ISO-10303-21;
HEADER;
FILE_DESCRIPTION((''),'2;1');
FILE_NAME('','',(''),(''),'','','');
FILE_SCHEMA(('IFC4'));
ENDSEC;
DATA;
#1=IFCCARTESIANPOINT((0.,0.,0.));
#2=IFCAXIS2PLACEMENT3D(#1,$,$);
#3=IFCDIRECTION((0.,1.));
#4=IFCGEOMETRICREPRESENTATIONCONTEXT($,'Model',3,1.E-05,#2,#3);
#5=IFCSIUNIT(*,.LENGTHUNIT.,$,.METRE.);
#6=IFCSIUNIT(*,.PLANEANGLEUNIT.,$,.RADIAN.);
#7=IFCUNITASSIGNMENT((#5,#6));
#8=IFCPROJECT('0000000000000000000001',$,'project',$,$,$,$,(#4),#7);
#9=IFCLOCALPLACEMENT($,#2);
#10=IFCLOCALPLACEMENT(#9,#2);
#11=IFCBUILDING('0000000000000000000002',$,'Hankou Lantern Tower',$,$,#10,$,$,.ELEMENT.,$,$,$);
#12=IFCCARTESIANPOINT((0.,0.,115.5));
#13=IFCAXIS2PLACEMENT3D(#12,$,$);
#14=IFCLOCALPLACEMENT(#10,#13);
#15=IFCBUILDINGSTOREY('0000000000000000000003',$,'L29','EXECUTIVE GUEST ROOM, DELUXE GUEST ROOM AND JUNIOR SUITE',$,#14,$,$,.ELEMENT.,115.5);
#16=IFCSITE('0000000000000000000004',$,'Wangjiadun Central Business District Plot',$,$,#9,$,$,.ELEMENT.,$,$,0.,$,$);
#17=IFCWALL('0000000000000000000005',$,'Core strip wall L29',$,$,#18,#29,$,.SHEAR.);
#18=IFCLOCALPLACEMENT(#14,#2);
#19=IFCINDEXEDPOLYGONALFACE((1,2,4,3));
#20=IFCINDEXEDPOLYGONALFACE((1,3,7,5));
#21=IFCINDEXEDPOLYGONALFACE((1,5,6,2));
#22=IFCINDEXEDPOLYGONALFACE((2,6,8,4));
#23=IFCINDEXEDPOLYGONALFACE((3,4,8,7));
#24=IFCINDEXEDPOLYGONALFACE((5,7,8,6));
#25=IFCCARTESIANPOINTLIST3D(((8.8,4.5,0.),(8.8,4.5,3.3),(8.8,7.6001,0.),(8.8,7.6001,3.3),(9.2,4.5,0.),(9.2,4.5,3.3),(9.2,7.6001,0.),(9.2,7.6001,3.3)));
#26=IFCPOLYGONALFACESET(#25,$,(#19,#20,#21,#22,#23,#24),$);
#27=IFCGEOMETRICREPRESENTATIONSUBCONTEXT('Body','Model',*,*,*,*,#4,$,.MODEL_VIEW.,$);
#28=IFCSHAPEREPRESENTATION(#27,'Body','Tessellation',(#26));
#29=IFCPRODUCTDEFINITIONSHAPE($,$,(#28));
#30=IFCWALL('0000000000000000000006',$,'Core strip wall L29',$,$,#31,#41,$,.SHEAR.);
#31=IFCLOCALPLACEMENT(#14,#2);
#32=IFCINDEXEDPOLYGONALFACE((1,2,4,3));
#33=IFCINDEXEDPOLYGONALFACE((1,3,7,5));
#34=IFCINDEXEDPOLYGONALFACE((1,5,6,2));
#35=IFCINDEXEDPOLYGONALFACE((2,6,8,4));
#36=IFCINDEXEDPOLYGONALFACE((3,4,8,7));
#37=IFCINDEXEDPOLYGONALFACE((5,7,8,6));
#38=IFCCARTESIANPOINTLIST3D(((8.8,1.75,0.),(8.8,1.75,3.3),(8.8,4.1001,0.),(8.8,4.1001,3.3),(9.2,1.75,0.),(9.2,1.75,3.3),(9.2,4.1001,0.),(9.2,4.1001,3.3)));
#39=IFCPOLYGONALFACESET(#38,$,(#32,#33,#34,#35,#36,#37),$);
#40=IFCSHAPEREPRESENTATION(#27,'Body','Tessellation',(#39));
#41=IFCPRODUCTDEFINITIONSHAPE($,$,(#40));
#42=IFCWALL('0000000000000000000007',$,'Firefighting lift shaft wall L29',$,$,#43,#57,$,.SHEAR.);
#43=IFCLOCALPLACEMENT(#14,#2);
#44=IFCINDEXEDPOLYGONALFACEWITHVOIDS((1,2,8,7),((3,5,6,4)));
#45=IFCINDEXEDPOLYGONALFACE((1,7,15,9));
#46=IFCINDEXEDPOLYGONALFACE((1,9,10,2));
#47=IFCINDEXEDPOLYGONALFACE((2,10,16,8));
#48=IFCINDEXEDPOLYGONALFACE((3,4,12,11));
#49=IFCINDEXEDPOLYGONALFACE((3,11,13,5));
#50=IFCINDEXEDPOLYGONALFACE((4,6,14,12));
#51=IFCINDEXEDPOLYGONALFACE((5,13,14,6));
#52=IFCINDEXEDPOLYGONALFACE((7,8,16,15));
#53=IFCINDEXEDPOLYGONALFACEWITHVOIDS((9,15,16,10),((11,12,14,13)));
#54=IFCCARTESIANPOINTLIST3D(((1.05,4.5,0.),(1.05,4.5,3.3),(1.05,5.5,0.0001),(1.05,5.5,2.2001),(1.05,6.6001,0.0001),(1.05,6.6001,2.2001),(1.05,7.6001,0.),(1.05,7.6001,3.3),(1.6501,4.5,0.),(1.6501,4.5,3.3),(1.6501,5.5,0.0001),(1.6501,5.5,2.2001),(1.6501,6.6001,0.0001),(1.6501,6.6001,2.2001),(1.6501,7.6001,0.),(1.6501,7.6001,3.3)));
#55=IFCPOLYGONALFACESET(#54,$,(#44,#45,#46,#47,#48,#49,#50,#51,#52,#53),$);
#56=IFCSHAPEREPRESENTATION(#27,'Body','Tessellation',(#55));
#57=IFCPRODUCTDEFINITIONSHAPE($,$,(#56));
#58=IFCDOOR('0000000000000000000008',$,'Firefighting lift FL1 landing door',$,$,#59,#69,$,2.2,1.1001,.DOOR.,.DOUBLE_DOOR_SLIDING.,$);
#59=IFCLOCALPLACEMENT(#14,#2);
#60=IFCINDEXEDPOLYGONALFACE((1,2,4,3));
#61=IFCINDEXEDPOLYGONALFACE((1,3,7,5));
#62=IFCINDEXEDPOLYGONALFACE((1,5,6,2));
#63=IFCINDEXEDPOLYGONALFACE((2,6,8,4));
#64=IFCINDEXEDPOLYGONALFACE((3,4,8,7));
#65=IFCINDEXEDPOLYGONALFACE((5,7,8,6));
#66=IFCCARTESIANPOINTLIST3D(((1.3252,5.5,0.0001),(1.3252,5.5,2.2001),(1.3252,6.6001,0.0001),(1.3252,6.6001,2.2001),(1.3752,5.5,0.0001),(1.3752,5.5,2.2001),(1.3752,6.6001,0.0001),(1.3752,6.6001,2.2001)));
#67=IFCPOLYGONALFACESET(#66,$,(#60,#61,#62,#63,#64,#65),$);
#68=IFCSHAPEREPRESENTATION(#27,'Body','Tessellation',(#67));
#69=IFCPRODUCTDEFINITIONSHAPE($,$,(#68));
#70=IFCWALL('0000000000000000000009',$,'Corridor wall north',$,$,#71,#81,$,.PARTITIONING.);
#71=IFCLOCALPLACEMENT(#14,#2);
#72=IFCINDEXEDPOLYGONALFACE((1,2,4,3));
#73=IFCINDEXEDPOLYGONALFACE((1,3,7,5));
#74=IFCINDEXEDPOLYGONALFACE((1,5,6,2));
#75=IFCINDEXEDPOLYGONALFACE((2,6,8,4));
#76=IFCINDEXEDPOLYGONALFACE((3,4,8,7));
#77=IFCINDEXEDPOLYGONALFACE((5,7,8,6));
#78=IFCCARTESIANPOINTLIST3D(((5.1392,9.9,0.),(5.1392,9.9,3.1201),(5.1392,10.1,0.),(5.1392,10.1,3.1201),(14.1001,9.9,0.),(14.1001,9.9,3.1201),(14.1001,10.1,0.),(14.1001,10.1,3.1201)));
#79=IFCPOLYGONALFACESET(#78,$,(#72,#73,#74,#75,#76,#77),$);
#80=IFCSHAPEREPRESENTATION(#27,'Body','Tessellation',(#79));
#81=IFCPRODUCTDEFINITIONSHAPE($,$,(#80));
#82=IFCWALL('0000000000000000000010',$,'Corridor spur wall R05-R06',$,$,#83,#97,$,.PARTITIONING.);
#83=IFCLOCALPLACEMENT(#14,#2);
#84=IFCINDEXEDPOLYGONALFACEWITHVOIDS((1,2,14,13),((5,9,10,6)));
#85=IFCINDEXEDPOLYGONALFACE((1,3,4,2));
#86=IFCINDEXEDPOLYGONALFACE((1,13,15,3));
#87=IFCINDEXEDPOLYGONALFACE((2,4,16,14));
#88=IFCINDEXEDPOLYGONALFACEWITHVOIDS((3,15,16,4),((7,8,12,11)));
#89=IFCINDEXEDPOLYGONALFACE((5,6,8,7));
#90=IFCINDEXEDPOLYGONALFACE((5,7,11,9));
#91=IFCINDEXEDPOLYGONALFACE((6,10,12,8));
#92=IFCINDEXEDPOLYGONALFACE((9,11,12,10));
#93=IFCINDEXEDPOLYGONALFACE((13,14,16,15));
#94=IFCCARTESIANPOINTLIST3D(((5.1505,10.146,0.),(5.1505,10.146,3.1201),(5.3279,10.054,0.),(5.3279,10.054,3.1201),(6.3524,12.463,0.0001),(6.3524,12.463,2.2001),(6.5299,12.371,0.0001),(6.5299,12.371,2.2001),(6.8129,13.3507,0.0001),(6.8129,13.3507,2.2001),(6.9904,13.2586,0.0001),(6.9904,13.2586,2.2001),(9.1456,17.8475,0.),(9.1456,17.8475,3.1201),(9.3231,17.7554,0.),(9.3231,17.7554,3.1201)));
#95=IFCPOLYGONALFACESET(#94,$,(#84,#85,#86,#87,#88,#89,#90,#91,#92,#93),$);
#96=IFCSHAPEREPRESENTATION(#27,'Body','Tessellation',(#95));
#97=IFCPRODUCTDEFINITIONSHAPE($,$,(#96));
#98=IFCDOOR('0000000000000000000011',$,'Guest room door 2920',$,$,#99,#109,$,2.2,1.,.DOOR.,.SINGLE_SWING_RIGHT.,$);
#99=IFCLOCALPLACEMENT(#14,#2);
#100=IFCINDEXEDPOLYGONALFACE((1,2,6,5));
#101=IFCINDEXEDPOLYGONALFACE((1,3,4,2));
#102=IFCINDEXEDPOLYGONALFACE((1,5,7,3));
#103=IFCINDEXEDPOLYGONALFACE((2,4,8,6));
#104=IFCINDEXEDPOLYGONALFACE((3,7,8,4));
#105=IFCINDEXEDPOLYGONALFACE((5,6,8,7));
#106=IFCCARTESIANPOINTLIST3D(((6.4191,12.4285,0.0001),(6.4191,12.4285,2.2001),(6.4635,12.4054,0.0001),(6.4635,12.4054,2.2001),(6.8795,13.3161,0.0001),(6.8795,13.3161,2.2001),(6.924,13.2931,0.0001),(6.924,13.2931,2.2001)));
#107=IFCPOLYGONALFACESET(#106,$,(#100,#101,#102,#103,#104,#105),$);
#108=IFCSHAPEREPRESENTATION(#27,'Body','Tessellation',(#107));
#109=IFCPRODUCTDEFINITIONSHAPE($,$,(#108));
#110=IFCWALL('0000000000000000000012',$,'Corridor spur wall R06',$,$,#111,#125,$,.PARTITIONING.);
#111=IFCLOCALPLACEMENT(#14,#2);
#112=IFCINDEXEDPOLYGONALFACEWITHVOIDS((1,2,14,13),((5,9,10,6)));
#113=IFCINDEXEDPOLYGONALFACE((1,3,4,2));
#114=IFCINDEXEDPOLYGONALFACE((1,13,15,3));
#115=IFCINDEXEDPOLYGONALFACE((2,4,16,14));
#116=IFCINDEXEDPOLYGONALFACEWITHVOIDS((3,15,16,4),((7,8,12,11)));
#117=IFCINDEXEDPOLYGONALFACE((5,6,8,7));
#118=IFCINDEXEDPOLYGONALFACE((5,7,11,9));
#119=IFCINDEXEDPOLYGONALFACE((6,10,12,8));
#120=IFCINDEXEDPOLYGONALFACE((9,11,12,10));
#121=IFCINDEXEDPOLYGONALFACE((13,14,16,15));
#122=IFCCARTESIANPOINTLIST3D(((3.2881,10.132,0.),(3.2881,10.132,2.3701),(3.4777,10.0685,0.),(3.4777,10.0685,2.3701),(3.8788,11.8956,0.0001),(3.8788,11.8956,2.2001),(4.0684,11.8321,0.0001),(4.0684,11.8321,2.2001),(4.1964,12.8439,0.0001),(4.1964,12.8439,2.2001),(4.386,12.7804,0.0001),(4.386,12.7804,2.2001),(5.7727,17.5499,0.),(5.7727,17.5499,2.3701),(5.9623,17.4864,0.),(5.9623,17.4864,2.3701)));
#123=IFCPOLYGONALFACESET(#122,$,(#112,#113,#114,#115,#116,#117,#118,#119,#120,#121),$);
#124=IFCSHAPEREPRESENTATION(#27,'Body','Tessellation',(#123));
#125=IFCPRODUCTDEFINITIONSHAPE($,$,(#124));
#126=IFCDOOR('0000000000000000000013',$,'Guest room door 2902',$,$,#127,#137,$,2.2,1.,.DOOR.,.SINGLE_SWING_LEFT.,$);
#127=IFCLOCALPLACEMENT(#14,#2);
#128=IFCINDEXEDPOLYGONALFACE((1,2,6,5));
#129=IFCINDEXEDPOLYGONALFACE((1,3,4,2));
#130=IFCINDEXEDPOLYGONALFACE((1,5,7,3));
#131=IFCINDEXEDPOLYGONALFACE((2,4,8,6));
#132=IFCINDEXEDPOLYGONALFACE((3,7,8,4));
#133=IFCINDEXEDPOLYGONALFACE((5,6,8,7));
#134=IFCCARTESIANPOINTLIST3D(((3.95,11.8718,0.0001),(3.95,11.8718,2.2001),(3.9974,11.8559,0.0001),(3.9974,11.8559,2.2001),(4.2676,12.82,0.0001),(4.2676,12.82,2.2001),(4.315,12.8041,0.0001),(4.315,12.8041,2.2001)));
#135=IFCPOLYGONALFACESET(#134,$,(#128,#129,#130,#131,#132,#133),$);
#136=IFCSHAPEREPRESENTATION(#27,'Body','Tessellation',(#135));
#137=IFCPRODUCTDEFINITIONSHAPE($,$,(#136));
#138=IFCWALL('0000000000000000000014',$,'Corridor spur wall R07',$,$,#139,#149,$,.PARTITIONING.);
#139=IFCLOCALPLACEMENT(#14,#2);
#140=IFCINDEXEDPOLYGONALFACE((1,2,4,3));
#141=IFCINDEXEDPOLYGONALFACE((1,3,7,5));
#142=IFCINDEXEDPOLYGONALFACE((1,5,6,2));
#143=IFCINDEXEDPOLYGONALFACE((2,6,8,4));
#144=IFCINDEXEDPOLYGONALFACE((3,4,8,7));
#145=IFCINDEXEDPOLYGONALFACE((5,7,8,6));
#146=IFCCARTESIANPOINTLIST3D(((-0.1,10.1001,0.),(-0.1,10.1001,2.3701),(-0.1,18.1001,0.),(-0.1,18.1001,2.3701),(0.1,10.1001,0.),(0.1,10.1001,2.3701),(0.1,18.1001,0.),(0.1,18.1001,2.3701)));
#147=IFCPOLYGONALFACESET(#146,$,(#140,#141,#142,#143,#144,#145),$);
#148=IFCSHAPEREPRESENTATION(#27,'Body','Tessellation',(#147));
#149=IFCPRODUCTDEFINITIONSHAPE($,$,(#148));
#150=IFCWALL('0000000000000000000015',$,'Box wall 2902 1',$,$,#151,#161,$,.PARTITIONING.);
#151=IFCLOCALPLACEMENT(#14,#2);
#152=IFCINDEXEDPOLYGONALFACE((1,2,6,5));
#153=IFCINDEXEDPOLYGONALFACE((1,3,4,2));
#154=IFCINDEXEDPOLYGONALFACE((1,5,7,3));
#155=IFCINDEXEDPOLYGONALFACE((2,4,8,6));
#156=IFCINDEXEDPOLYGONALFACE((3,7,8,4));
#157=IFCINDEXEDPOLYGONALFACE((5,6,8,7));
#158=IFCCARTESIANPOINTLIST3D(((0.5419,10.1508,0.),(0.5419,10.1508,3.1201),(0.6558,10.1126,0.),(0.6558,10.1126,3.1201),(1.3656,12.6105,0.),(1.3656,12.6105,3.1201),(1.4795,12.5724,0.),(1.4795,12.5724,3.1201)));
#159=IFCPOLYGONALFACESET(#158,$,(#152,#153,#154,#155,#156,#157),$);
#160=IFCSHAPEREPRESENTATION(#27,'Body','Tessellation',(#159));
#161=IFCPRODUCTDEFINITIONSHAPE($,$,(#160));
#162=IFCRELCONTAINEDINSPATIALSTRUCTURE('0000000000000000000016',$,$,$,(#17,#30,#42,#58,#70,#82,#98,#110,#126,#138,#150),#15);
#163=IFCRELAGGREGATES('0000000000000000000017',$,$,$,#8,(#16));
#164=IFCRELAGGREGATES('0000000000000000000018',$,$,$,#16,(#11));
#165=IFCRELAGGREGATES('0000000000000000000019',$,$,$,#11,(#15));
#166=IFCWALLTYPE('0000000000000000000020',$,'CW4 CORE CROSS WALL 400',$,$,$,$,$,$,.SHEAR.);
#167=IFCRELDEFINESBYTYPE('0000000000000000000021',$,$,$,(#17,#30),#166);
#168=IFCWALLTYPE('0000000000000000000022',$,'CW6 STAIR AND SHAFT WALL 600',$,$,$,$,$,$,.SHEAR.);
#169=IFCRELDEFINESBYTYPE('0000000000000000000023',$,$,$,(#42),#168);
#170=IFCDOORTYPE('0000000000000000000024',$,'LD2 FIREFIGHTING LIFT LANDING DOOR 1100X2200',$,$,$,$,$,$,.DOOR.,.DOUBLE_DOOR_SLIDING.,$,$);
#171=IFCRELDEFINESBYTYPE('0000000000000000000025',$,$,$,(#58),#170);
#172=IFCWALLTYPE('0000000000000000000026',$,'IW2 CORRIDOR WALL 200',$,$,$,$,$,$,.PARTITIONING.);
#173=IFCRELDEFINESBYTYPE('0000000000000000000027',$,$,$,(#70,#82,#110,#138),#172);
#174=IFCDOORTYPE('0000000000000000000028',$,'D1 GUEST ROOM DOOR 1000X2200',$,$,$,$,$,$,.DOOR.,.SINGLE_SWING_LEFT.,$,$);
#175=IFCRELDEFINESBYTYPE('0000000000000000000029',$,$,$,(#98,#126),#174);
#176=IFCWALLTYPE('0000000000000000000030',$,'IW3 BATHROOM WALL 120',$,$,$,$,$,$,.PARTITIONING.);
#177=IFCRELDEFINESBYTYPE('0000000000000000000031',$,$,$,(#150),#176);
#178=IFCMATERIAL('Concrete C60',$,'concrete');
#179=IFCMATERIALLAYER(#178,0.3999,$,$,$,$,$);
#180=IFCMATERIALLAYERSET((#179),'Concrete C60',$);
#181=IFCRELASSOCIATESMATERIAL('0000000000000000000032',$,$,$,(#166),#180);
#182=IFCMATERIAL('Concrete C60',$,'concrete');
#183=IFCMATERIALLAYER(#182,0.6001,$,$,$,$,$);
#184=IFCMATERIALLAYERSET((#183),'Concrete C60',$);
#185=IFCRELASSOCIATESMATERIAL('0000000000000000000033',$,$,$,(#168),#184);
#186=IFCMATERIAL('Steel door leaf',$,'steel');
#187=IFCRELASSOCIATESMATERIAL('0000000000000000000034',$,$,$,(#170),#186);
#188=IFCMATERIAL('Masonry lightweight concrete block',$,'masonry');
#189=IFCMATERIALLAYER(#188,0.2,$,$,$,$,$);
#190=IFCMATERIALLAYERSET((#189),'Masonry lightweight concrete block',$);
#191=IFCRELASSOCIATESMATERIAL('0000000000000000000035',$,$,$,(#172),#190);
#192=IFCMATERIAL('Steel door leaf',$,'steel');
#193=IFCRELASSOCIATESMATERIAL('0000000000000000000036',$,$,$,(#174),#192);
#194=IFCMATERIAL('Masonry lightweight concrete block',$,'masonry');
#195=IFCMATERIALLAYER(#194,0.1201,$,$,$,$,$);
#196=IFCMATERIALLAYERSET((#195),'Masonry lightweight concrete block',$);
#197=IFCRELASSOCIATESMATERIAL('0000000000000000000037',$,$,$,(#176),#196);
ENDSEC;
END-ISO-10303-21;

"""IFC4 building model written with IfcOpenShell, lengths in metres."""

from ifc_helpers import new_model, si_unit, direction, frame, frame_2d, origin, place, context, subcontext, project, spatial, rectangle, extrude, material, layer, layer_set, type_object, element, fill, save


model = new_model("IFC4")

# Units and contexts
model_context = context("Model", 3, precision=1e-05, world=origin(), true_north=direction((0.0, 1.0)))
body_context = subcontext(model_context, "Body", "Model", "MODEL_VIEW")
ifc_project = project(units=[si_unit("LENGTHUNIT", "METRE"), si_unit("PLANEANGLEUNIT", "RADIAN")], contexts=[model_context])

# Site, building, storey
site_placement = place(None, origin())
site = spatial("IfcSite", under=ifc_project, at=site_placement, Name="Wangjiadun Central Business District Plot", CompositionType="ELEMENT", RefElevation=0.0)
building_placement = place(site_placement, origin())
building = spatial("IfcBuilding", under=site, at=building_placement, Name="Hankou Lantern Tower", CompositionType="ELEMENT")
storey_placement = place(building_placement, frame((0.0, 0.0, 115.5)))
storey = spatial("IfcBuildingStorey", under=building, at=storey_placement, Name="L29", Description="EXECUTIVE GUEST ROOM, DELUXE GUEST ROOM AND JUNIOR SUITE", CompositionType="ELEMENT", Elevation=115.5)

# Walls
ifc_material_1 = material(Name="Concrete C60", Category="concrete")
ifc_layer_1 = layer(ifc_material_1, 0.3999)
ifc_layer_set_1 = layer_set([ifc_layer_1], Name="Concrete C60")
wall_type_1 = type_object("IfcWallType", Name="CW4 CORE CROSS WALL 400", PredefinedType="SHEAR", material=ifc_layer_set_1)
wall_1_placement = place(storey_placement, frame((9.0, 4.5, 0.0), z_axis=(0.0, 0.0, 1.0), x_axis=(0.0, 1.0, 0.0)))
element("IfcWall", 1, at=wall_1_placement, inside=storey, type_object=wall_type_1, Name="Core strip wall L29", PredefinedType="SHEAR", context=body_context, shape_type="SweptSolid", body=[
    extrude(rectangle(XDim=3.1001, YDim=0.3999, at=frame_2d((1.55, 0.0))), origin(), (0.0, 0.0, 1.0), 3.3),
])
wall_2_placement = place(storey_placement, frame((9.0, 1.75, 0.0), z_axis=(0.0, 0.0, 1.0), x_axis=(0.0, 1.0, 0.0)))
element("IfcWall", 2, at=wall_2_placement, inside=storey, type_object=wall_type_1, Name="Core strip wall L29", PredefinedType="SHEAR", context=body_context, shape_type="SweptSolid", body=[
    extrude(rectangle(XDim=2.3501, YDim=0.3999, at=frame_2d((1.175, 0.0))), origin(), (0.0, 0.0, 1.0), 3.3),
])

# Wall, opening, door
ifc_material_2 = material(Name="Concrete C60", Category="concrete")
ifc_layer_2 = layer(ifc_material_2, 0.6001)
ifc_layer_set_2 = layer_set([ifc_layer_2], Name="Concrete C60")
wall_type_2 = type_object("IfcWallType", Name="CW6 STAIR AND SHAFT WALL 600", PredefinedType="SHEAR", material=ifc_layer_set_2)
wall_3_placement = place(storey_placement, frame((1.3501, 4.5, 0.0), z_axis=(0.0, 0.0, 1.0), x_axis=(0.0, 1.0, 0.0)))
wall_3 = element("IfcWall", 3, at=wall_3_placement, inside=storey, type_object=wall_type_2, Name="Firefighting lift shaft wall L29", PredefinedType="SHEAR", context=body_context, shape_type="SweptSolid", body=[
    extrude(rectangle(XDim=3.1001, YDim=0.6001, at=frame_2d((1.55, 0.0))), origin(), (0.0, 0.0, 1.0), 3.3),
])
opening_1_placement = place(wall_3_placement, frame((1.0, 0.0, 0.0)))
opening_1 = element("IfcOpeningElement", 4, at=opening_1_placement, cuts=wall_3, PredefinedType="OPENING", context=body_context, shape_type="SweptSolid", body=[
    extrude(rectangle(XDim=1.1001, YDim=2.2, at=frame_2d((0.55, 1.1001))), frame((0.0, 0.3101, 0.0), z_axis=(0.0, -1.0, 0.0), x_axis=(1.0, 0.0, 0.0)), (0.0, 0.0, 1.0), 0.6201),
])
ifc_material_3 = material(Name="Steel door leaf", Category="steel")
door_type_1 = type_object("IfcDoorType", Name="LD2 FIREFIGHTING LIFT LANDING DOOR 1100X2200", OperationType="DOUBLE_DOOR_SLIDING", PredefinedType="DOOR", material=ifc_material_3)
door_1_placement = place(opening_1_placement, origin())
door_1 = element("IfcDoor", 5, at=door_1_placement, inside=storey, type_object=door_type_1, Name="Firefighting lift FL1 landing door", OperationType="DOUBLE_DOOR_SLIDING", OverallHeight=2.2, OverallWidth=1.1001, PredefinedType="DOOR", context=body_context, shape_type="SweptSolid", body=[
    extrude(rectangle(XDim=1.1001, YDim=2.2, at=frame_2d((0.55, 1.1001))), frame((0.0, 0.0249, 0.0), z_axis=(0.0, -1.0, 0.0), x_axis=(1.0, 0.0, 0.0)), (0.0, 0.0, 1.0), 0.05),
])
fill(opening_1, door_1)

# Wall
ifc_material_4 = material(Name="Masonry lightweight concrete block", Category="masonry")
ifc_layer_3 = layer(ifc_material_4, 0.2)
ifc_layer_set_3 = layer_set([ifc_layer_3], Name="Masonry lightweight concrete block")
wall_type_3 = type_object("IfcWallType", Name="IW2 CORRIDOR WALL 200", PredefinedType="PARTITIONING", material=ifc_layer_set_3)
wall_4_placement = place(storey_placement, frame((5.1392, 10.0, 0.0), z_axis=(0.0, 0.0, 1.0), x_axis=(1.0, 0.0, 0.0)))
element("IfcWall", 6, at=wall_4_placement, inside=storey, type_object=wall_type_3, Name="Corridor wall north", PredefinedType="PARTITIONING", context=body_context, shape_type="SweptSolid", body=[
    extrude(rectangle(XDim=8.9609, YDim=0.2, at=frame_2d((4.4805, 0.0))), origin(), (0.0, 0.0, 1.0), 3.1201),
])

# Walls, openings, doors
wall_5_placement = place(storey_placement, frame((5.2393, 10.1001, 0.0), z_axis=(0.0, 0.0, 1.0), x_axis=(0.46048, 0.88767, 0.0)))
wall_5 = element("IfcWall", 7, at=wall_5_placement, inside=storey, type_object=wall_type_3, Name="Corridor spur wall R05-R06", PredefinedType="PARTITIONING", context=body_context, shape_type="SweptSolid", body=[
    extrude(rectangle(XDim=8.676, YDim=0.2, at=frame_2d((4.3379, 0.0))), origin(), (0.0, 0.0, 1.0), 3.1201),
])
opening_2_placement = place(wall_5_placement, frame((2.6101, 0.0, 0.0)))
opening_2 = element("IfcOpeningElement", 8, at=opening_2_placement, cuts=wall_5, PredefinedType="OPENING", context=body_context, shape_type="SweptSolid", body=[
    extrude(rectangle(XDim=1.0, YDim=2.2, at=frame_2d((0.5, 1.1001))), frame((0.0, 0.1099, 0.0), z_axis=(0.0, -1.0, 0.0), x_axis=(1.0, 0.0, 0.0)), (0.0, 0.0, 1.0), 0.22),
])
ifc_material_5 = material(Name="Steel door leaf", Category="steel")
door_type_2 = type_object("IfcDoorType", Name="D1 GUEST ROOM DOOR 1000X2200", OperationType="SINGLE_SWING_LEFT", PredefinedType="DOOR", material=ifc_material_5)
door_2_placement = place(opening_2_placement, origin())
door_2 = element("IfcDoor", 9, at=door_2_placement, inside=storey, type_object=door_type_2, Name="Guest room door 2920", OperationType="SINGLE_SWING_RIGHT", OverallHeight=2.2, OverallWidth=1.0, PredefinedType="DOOR", context=body_context, shape_type="SweptSolid", body=[
    extrude(rectangle(XDim=1.0, YDim=2.2, at=frame_2d((0.5, 1.1001))), frame((0.0, 0.0249, 0.0), z_axis=(0.0, -1.0, 0.0), x_axis=(1.0, 0.0, 0.0)), (0.0, 0.0, 1.0), 0.05),
])
fill(opening_2, door_2)
wall_6_placement = place(storey_placement, frame((3.3828, 10.1001, 0.0), z_axis=(0.0, 0.0, 1.0), x_axis=(0.317604, 0.948224, 0.0)))
wall_6 = element("IfcWall", 10, at=wall_6_placement, inside=storey, type_object=wall_type_3, Name="Corridor spur wall R06", PredefinedType="PARTITIONING", context=body_context, shape_type="SweptSolid", body=[
    extrude(rectangle(XDim=7.823, YDim=0.2, at=frame_2d((3.9116, 0.0))), origin(), (0.0, 0.0, 1.0), 2.3701),
])
opening_3_placement = place(wall_6_placement, frame((1.8601, 0.0, 0.0)))
opening_3 = element("IfcOpeningElement", 11, at=opening_3_placement, cuts=wall_6, PredefinedType="OPENING", context=body_context, shape_type="SweptSolid", body=[
    extrude(rectangle(XDim=1.0, YDim=2.2, at=frame_2d((0.5, 1.1001))), frame((0.0, 0.1099, 0.0), z_axis=(0.0, -1.0, 0.0), x_axis=(1.0, 0.0, 0.0)), (0.0, 0.0, 1.0), 0.22),
])
door_3_placement = place(opening_3_placement, origin())
door_3 = element("IfcDoor", 12, at=door_3_placement, inside=storey, type_object=door_type_2, Name="Guest room door 2902", OperationType="SINGLE_SWING_LEFT", OverallHeight=2.2, OverallWidth=1.0, PredefinedType="DOOR", context=body_context, shape_type="SweptSolid", body=[
    extrude(rectangle(XDim=1.0, YDim=2.2, at=frame_2d((0.5, 1.1001))), frame((0.0, 0.0249, 0.0), z_axis=(0.0, -1.0, 0.0), x_axis=(1.0, 0.0, 0.0)), (0.0, 0.0, 1.0), 0.05),
])
fill(opening_3, door_3)

# Walls
wall_7_placement = place(storey_placement, frame((0.0, 10.1001, 0.0), z_axis=(0.0, 0.0, 1.0), x_axis=(0.0, 1.0, 0.0)))
element("IfcWall", 13, at=wall_7_placement, inside=storey, type_object=wall_type_3, Name="Corridor spur wall R07", PredefinedType="PARTITIONING", context=body_context, shape_type="SweptSolid", body=[
    extrude(rectangle(XDim=8.0, YDim=0.2, at=frame_2d((4.0, 0.0))), origin(), (0.0, 0.0, 1.0), 2.3701),
])
ifc_material_6 = material(Name="Masonry lightweight concrete block", Category="masonry")
ifc_layer_4 = layer(ifc_material_6, 0.1201)
ifc_layer_set_4 = layer_set([ifc_layer_4], Name="Masonry lightweight concrete block")
wall_type_4 = type_object("IfcWallType", Name="IW3 BATHROOM WALL 120", PredefinedType="PARTITIONING", material=ifc_layer_set_4)
wall_8_placement = place(storey_placement, frame((0.5989, 10.1318, 0.0), z_axis=(0.0, 0.0, 1.0), x_axis=(0.317555, 0.94824, 0.0)))
element("IfcWall", 14, at=wall_8_placement, inside=storey, type_object=wall_type_4, Name="Box wall 2902 1", PredefinedType="PARTITIONING", context=body_context, shape_type="SweptSolid", body=[
    extrude(rectangle(XDim=2.594, YDim=0.1201, at=frame_2d((1.2969, 0.0))), origin(), (0.0, 0.0, 1.0), 3.1201),
])

save(model, "model.ifc")
